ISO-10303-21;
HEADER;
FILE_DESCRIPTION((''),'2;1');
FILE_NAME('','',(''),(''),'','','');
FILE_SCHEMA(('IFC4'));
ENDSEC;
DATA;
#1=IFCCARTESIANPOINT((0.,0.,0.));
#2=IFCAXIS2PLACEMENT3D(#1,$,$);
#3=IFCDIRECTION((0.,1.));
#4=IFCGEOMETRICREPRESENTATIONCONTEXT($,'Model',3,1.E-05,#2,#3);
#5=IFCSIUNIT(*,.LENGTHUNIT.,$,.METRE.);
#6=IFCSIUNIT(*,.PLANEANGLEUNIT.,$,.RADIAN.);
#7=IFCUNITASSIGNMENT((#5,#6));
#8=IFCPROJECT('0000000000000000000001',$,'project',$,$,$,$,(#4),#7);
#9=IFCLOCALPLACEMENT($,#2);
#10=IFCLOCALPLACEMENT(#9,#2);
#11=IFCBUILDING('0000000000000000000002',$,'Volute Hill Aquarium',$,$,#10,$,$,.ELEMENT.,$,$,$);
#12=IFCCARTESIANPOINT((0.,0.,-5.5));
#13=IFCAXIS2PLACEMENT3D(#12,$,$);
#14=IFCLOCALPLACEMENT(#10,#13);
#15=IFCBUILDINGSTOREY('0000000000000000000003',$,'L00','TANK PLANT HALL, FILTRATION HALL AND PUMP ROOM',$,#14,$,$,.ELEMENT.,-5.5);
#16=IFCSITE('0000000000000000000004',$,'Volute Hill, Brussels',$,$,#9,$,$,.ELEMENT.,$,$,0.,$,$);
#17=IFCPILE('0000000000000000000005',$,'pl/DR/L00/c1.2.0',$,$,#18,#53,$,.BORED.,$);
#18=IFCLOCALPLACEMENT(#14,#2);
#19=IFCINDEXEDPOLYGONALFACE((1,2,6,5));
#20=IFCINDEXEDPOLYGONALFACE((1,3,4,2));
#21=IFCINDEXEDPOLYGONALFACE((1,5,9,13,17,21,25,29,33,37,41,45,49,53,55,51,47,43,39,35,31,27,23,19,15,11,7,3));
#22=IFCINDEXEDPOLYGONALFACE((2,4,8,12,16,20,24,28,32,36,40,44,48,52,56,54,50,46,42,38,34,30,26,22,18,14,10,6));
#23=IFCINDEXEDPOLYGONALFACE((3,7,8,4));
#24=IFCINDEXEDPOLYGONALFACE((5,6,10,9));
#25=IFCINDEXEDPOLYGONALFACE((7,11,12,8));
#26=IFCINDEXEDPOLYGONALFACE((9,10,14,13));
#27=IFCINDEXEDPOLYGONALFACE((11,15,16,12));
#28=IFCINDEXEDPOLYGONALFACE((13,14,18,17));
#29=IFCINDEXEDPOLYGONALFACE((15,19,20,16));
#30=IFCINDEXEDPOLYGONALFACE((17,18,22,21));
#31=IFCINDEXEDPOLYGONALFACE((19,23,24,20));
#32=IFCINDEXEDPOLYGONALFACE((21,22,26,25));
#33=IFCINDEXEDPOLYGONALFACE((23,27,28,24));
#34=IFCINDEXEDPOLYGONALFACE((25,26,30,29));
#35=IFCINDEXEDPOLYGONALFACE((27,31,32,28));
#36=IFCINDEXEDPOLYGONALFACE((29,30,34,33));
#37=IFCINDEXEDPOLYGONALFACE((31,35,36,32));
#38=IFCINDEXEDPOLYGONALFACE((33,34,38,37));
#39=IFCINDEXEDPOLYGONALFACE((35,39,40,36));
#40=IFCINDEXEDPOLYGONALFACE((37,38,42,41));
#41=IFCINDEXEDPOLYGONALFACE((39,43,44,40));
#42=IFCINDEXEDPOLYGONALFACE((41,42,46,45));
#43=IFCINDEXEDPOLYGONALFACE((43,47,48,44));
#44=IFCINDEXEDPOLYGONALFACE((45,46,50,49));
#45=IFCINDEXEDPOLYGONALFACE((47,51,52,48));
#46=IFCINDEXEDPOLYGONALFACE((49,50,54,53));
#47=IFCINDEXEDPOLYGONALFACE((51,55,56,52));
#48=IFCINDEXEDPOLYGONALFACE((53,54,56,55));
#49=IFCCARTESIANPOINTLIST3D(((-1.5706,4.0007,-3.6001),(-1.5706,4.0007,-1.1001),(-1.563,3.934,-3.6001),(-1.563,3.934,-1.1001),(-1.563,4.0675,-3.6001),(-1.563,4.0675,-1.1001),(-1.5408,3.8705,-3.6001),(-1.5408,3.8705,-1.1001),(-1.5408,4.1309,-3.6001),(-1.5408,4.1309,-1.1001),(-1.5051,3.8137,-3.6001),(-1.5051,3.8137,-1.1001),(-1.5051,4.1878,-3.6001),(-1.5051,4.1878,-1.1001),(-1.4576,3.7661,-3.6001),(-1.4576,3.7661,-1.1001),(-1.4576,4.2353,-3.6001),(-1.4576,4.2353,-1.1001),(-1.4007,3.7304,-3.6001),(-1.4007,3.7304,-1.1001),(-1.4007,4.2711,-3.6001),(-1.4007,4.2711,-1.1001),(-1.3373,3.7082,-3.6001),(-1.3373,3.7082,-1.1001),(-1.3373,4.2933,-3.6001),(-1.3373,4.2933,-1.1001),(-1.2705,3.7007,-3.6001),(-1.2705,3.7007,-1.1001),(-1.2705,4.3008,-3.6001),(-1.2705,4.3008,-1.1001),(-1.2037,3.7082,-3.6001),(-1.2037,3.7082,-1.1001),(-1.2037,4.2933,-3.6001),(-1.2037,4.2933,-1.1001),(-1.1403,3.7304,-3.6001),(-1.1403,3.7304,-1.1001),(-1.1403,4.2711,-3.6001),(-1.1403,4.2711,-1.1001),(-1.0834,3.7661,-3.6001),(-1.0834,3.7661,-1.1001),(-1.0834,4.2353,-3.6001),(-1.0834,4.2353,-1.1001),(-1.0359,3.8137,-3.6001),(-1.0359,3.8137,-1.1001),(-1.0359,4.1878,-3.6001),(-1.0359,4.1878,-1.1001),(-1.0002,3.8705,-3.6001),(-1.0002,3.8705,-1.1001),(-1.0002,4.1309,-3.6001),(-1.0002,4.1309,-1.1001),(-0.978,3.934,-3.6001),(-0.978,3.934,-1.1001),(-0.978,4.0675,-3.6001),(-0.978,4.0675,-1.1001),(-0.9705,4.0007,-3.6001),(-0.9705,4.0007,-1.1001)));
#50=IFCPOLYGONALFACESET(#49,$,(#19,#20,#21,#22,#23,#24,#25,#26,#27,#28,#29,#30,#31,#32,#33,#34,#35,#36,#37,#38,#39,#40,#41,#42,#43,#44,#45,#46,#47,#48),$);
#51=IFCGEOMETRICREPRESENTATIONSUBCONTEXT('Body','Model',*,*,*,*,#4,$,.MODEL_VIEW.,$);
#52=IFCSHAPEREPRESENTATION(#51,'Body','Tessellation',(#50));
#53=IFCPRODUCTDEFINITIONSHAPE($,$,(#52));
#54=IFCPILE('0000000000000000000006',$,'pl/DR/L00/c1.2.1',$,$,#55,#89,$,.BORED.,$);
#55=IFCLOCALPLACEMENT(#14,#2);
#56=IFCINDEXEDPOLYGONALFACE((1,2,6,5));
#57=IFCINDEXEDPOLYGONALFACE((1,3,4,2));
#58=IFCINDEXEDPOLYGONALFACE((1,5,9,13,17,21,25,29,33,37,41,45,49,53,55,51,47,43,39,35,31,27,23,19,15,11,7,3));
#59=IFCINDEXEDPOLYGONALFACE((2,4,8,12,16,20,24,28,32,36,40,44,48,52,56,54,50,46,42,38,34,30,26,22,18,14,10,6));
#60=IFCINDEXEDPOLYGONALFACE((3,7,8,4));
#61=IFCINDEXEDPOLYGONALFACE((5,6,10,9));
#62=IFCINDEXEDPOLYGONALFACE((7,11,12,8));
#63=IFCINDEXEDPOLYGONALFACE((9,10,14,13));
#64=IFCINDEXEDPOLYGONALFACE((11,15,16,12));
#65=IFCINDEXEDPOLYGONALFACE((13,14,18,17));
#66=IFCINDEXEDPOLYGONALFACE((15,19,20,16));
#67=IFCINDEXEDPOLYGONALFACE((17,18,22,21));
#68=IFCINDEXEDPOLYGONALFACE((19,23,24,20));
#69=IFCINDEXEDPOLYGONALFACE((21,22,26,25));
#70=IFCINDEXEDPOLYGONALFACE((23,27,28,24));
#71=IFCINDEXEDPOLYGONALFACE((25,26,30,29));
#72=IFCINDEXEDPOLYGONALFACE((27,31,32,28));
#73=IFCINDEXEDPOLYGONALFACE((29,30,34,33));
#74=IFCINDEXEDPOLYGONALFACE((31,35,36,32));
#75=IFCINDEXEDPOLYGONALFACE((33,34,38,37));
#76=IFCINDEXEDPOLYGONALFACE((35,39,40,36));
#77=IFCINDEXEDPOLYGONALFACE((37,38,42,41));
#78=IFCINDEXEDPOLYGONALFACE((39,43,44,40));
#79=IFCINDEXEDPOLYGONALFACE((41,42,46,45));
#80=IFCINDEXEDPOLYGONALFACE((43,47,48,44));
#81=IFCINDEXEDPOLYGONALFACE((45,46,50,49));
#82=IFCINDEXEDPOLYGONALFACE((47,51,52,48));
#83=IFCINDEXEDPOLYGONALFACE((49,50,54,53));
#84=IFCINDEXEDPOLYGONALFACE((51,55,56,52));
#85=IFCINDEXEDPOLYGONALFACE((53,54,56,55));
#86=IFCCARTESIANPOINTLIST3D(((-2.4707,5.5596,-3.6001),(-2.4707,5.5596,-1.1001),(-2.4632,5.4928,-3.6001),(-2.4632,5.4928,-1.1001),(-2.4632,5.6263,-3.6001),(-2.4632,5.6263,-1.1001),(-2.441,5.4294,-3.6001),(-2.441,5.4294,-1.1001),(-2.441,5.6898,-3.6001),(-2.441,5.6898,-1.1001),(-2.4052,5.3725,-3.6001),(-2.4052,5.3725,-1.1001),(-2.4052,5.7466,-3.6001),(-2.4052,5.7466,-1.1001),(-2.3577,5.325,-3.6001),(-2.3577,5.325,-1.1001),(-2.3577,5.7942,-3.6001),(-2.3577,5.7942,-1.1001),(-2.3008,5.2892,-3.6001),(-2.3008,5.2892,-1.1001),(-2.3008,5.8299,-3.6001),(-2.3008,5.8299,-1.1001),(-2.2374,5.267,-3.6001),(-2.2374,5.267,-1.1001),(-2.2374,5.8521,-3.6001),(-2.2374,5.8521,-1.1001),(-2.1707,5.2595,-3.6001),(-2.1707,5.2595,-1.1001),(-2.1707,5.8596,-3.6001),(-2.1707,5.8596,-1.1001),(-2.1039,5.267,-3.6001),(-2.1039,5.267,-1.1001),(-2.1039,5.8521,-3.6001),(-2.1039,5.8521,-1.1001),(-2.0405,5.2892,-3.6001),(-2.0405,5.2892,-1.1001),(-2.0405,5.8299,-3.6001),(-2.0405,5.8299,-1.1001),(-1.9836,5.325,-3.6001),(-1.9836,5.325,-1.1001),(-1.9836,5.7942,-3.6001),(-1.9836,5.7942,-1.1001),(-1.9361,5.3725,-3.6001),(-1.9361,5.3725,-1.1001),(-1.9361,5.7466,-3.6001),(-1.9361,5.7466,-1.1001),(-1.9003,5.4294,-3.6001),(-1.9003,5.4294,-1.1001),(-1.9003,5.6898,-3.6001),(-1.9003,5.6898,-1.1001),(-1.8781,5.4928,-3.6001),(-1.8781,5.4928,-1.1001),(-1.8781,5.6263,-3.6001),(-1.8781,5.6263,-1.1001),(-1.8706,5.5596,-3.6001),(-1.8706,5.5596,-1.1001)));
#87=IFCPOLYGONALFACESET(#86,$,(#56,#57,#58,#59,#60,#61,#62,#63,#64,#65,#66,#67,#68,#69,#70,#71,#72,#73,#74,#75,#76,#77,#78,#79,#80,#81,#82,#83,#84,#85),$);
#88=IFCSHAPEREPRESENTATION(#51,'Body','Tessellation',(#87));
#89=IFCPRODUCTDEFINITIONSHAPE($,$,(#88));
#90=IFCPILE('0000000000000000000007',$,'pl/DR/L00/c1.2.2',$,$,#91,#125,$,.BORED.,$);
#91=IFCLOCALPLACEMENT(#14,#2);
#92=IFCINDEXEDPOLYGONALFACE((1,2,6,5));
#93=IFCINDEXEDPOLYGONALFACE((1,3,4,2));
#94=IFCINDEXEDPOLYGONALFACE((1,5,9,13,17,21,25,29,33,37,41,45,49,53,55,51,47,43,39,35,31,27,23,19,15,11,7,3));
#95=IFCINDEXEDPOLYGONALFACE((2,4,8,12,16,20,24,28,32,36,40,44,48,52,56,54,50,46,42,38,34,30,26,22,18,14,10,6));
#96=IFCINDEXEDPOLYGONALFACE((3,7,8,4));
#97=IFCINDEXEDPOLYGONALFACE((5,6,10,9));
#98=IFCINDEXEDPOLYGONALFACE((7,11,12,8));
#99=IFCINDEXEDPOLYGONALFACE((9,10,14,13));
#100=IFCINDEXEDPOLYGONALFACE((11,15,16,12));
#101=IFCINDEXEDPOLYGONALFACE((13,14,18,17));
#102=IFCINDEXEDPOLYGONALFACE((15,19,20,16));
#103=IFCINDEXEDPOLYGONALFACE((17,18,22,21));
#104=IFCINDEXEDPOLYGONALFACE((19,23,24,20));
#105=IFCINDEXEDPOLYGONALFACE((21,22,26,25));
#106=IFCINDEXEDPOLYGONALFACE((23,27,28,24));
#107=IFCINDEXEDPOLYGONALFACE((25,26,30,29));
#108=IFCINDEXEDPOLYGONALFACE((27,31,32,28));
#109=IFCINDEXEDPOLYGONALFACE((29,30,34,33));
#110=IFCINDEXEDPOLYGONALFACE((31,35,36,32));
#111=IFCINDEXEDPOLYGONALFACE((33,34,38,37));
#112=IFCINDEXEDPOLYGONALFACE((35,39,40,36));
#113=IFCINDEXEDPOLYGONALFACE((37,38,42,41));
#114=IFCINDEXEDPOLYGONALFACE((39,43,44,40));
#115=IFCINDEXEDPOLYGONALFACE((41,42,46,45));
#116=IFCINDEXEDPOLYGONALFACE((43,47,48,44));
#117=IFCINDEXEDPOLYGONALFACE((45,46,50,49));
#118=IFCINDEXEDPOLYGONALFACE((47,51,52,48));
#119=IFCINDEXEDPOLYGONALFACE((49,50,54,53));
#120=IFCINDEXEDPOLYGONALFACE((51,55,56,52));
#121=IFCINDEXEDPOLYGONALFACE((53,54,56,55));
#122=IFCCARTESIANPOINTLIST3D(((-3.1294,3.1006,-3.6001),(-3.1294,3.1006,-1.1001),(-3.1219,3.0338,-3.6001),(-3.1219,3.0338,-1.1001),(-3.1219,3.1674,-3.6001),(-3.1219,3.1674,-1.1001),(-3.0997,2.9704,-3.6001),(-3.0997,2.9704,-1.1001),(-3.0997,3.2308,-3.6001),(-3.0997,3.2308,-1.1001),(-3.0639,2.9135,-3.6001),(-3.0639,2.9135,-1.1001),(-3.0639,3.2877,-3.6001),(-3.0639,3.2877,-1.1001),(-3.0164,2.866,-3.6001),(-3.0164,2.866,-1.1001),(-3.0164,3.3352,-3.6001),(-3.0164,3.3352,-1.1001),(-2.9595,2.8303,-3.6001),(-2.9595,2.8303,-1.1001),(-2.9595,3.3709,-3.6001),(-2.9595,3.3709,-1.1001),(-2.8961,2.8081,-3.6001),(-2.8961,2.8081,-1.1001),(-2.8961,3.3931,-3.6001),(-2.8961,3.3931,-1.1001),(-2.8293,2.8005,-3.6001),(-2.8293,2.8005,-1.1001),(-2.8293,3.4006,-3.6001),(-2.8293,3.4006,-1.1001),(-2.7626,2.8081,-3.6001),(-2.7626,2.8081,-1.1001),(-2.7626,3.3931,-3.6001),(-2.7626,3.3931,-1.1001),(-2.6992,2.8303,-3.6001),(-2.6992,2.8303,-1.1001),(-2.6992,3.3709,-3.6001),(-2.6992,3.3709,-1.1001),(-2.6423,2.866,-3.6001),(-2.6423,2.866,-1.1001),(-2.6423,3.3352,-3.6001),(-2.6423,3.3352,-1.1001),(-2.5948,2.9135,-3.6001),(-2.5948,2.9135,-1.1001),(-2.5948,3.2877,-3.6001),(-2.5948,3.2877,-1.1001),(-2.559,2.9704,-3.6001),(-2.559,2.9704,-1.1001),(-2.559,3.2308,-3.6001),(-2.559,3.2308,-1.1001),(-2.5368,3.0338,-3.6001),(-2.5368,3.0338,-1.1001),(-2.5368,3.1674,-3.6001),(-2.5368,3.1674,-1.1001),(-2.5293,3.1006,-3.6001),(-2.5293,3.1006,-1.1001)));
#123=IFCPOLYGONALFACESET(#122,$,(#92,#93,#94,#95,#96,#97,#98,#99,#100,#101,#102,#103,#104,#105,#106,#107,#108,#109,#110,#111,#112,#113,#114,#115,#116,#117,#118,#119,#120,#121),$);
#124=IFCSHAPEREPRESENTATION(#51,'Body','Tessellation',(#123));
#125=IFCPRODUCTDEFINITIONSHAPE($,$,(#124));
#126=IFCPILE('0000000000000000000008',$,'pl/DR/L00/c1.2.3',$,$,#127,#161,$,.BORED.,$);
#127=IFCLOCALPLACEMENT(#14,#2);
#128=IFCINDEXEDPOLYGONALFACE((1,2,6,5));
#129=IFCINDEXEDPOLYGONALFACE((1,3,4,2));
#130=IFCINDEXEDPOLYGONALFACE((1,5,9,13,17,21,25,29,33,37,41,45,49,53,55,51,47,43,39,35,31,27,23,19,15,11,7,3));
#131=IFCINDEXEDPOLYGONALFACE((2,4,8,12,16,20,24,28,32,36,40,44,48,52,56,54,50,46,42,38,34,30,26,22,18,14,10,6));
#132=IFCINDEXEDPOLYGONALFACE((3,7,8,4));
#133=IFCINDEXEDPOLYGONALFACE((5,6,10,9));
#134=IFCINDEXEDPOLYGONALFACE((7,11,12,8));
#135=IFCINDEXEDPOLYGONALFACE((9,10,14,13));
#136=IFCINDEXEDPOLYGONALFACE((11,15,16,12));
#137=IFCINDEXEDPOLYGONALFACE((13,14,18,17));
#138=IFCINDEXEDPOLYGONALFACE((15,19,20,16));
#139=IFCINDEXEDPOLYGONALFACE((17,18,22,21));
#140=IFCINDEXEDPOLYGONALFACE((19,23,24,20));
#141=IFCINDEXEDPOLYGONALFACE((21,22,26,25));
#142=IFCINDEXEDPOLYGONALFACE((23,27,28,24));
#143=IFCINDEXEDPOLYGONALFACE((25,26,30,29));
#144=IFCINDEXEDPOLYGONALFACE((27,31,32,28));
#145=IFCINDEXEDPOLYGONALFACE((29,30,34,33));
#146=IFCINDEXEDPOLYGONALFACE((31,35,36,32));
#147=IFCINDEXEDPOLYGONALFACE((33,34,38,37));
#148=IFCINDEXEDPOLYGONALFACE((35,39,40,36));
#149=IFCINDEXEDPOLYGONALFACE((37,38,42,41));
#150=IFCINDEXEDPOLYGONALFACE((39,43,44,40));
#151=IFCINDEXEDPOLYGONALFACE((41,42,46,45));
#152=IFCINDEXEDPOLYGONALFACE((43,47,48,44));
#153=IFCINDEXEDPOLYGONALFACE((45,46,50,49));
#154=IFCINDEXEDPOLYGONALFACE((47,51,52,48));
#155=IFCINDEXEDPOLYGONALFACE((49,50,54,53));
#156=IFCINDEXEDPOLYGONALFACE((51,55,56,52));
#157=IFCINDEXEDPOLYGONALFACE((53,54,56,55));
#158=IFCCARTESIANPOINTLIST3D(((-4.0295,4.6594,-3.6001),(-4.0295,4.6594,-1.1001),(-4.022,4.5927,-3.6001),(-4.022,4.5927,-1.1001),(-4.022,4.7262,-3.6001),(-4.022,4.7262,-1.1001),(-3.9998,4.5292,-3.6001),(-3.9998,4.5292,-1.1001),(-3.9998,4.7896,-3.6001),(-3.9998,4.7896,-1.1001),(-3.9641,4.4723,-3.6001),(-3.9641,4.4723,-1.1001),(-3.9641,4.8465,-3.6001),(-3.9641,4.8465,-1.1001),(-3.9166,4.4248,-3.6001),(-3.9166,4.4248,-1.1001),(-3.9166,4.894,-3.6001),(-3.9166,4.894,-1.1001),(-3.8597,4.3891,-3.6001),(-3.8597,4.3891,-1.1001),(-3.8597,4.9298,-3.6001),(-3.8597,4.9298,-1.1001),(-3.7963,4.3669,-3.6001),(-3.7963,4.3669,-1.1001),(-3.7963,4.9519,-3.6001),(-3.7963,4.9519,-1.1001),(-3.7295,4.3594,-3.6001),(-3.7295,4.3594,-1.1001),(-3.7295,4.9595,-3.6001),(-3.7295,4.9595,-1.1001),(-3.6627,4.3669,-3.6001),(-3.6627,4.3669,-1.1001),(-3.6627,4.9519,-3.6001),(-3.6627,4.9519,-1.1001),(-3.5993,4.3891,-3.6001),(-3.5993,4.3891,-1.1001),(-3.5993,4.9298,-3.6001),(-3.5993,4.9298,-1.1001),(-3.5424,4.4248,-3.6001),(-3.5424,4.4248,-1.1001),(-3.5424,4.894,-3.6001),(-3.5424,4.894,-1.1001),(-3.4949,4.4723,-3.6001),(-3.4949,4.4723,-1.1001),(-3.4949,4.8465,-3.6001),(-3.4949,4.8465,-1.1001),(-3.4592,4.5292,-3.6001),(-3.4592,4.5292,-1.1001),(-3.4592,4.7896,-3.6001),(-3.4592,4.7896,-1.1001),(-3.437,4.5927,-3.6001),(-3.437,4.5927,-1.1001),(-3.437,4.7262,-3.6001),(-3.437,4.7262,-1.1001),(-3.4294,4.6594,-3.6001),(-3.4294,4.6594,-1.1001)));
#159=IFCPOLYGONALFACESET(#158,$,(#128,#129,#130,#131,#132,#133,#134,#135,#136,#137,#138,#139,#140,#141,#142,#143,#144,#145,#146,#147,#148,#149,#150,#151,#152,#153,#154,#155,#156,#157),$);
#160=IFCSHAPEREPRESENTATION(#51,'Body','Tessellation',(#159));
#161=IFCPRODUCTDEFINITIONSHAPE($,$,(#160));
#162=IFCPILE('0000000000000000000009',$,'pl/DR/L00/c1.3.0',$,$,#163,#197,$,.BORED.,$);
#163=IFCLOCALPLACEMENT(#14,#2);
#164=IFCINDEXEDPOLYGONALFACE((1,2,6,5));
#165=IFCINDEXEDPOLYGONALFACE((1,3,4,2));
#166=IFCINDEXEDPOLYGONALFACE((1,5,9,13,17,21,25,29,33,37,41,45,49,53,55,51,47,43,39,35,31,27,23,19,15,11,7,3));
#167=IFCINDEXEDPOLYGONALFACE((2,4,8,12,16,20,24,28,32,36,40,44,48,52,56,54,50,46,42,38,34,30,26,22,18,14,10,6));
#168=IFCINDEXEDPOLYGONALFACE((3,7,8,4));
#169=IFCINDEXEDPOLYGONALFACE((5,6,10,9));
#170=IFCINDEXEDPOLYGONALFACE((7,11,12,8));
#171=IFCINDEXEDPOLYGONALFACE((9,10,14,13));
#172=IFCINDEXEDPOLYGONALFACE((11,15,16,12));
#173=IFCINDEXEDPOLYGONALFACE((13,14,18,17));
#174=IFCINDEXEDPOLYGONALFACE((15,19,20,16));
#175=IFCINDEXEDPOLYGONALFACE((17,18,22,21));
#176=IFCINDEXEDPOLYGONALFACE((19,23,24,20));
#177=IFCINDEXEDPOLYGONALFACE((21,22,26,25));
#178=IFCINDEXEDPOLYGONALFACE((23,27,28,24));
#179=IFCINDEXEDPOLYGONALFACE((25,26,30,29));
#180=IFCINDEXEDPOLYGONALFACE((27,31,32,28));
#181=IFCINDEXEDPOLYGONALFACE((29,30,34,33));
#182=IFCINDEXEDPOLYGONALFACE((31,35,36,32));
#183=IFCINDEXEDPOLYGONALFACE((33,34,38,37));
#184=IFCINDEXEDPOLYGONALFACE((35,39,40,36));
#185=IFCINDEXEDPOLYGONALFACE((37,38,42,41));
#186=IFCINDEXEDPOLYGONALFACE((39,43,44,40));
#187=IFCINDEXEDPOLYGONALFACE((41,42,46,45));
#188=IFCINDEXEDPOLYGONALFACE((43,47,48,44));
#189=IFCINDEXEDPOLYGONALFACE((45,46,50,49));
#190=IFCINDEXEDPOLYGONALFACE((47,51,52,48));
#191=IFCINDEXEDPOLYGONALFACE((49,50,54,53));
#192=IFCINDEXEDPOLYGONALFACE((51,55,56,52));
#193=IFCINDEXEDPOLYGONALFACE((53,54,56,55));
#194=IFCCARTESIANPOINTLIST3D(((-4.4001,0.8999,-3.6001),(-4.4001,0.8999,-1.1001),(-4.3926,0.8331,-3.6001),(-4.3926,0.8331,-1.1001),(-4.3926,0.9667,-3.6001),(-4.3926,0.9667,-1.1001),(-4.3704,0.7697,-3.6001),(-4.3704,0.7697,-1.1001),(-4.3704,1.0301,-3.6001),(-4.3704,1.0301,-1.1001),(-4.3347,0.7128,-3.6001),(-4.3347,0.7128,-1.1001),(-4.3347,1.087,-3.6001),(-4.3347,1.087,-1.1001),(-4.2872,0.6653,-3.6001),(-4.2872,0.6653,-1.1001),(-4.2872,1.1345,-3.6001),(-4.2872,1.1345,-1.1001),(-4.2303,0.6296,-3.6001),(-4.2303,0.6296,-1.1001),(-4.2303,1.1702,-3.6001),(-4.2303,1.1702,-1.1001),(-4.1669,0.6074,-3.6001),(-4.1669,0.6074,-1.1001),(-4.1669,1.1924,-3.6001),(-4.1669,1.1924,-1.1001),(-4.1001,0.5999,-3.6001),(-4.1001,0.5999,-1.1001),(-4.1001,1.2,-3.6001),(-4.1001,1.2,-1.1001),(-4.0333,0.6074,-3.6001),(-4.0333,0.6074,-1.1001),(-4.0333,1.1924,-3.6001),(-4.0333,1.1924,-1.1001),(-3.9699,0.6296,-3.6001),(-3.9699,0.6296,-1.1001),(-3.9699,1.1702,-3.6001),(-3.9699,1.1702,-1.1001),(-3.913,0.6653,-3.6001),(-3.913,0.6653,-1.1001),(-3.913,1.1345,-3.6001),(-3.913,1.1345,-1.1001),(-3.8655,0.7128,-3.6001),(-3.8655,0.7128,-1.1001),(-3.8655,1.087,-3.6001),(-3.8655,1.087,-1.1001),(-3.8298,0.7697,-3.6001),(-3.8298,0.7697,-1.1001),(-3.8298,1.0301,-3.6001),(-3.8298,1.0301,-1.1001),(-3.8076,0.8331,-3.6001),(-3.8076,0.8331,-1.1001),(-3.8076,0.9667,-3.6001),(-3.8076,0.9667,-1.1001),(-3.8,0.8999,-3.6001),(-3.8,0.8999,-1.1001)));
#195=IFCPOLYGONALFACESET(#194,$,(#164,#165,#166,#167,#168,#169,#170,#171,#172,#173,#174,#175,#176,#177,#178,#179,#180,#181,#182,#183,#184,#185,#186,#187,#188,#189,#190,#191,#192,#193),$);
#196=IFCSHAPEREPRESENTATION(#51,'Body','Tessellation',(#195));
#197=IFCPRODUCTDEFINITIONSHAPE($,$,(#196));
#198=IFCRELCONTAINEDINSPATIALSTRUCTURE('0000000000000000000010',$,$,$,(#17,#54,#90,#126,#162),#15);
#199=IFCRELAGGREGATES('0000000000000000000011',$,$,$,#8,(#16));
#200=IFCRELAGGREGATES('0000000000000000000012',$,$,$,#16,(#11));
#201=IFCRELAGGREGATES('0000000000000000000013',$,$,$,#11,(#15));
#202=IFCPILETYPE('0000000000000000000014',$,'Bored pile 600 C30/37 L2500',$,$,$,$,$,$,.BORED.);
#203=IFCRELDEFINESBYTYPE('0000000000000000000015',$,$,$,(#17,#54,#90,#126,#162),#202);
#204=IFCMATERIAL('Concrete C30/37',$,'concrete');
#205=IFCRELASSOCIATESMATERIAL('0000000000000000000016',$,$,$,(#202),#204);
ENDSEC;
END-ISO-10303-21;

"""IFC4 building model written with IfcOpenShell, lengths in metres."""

from ifc_helpers import new_model, si_unit, direction, frame, origin, origin_2d, place, context, subcontext, project, spatial, circle, extrude, material, type_object, element, save


model = new_model("IFC4")

# Units and contexts
model_context = context("Model", 3, precision=1e-05, world=origin(), true_north=direction((0.0, 1.0)))
body_context = subcontext(model_context, "Body", "Model", "MODEL_VIEW")
ifc_project = project(units=[si_unit("LENGTHUNIT", "METRE"), si_unit("PLANEANGLEUNIT", "RADIAN")], contexts=[model_context])

# Site, building, storey
site_placement = place(None, origin())
site = spatial("IfcSite", under=ifc_project, at=site_placement, Name="Volute Hill, Brussels", CompositionType="ELEMENT", RefElevation=0.0)
building_placement = place(site_placement, origin())
building = spatial("IfcBuilding", under=site, at=building_placement, Name="Volute Hill Aquarium", CompositionType="ELEMENT")
storey_placement = place(building_placement, frame((0.0, 0.0, -5.5)))
storey = spatial("IfcBuildingStorey", under=building, at=storey_placement, Name="L00", Description="TANK PLANT HALL, FILTRATION HALL AND PUMP ROOM", CompositionType="ELEMENT", Elevation=-5.5)

# Piles
ifc_material_1 = material(Name="Concrete C30/37", Category="concrete")
pile_type = type_object("IfcPileType", Name="Bored pile 600 C30/37 L2500", PredefinedType="BORED", material=ifc_material_1)
for number, where, z_axis, x_axis, name in (
    (1, (-1.2705, 4.0007, -1.1001), (0.0, 0.0, -1.0), (1.0, 0.0, 0.0), "pl/DR/L00/c1.2.0"),
    (2, (-2.1707, 5.5596, -1.1001), (0.0, 0.0, -1.0), (1.0, 0.0, 0.0), "pl/DR/L00/c1.2.1"),
    (3, (-2.8293, 3.1006, -1.1001), (0.0, 0.0, -1.0), (1.0, 0.0, 0.0), "pl/DR/L00/c1.2.2"),
    (4, (-3.7295, 4.6594, -1.1001), (0.0, 0.0, -1.0), (1.0, 0.0, 0.0), "pl/DR/L00/c1.2.3"),
    (5, (-4.1001, 0.8999, -1.1001), (0.0, 0.0, -1.0), (1.0, 0.0, 0.0), "pl/DR/L00/c1.3.0"),
):
    element("IfcPile", number, at=place(storey_placement, frame(where, z_axis=z_axis, x_axis=x_axis)), inside=storey, type_object=pile_type, Name=name, PredefinedType="BORED", context=body_context, shape_type="SweptSolid", body=[
        extrude(circle(Radius=0.3, at=origin_2d()), origin(), (0.0, 0.0, 1.0), 2.5),
    ])

save(model, "model.ifc")
